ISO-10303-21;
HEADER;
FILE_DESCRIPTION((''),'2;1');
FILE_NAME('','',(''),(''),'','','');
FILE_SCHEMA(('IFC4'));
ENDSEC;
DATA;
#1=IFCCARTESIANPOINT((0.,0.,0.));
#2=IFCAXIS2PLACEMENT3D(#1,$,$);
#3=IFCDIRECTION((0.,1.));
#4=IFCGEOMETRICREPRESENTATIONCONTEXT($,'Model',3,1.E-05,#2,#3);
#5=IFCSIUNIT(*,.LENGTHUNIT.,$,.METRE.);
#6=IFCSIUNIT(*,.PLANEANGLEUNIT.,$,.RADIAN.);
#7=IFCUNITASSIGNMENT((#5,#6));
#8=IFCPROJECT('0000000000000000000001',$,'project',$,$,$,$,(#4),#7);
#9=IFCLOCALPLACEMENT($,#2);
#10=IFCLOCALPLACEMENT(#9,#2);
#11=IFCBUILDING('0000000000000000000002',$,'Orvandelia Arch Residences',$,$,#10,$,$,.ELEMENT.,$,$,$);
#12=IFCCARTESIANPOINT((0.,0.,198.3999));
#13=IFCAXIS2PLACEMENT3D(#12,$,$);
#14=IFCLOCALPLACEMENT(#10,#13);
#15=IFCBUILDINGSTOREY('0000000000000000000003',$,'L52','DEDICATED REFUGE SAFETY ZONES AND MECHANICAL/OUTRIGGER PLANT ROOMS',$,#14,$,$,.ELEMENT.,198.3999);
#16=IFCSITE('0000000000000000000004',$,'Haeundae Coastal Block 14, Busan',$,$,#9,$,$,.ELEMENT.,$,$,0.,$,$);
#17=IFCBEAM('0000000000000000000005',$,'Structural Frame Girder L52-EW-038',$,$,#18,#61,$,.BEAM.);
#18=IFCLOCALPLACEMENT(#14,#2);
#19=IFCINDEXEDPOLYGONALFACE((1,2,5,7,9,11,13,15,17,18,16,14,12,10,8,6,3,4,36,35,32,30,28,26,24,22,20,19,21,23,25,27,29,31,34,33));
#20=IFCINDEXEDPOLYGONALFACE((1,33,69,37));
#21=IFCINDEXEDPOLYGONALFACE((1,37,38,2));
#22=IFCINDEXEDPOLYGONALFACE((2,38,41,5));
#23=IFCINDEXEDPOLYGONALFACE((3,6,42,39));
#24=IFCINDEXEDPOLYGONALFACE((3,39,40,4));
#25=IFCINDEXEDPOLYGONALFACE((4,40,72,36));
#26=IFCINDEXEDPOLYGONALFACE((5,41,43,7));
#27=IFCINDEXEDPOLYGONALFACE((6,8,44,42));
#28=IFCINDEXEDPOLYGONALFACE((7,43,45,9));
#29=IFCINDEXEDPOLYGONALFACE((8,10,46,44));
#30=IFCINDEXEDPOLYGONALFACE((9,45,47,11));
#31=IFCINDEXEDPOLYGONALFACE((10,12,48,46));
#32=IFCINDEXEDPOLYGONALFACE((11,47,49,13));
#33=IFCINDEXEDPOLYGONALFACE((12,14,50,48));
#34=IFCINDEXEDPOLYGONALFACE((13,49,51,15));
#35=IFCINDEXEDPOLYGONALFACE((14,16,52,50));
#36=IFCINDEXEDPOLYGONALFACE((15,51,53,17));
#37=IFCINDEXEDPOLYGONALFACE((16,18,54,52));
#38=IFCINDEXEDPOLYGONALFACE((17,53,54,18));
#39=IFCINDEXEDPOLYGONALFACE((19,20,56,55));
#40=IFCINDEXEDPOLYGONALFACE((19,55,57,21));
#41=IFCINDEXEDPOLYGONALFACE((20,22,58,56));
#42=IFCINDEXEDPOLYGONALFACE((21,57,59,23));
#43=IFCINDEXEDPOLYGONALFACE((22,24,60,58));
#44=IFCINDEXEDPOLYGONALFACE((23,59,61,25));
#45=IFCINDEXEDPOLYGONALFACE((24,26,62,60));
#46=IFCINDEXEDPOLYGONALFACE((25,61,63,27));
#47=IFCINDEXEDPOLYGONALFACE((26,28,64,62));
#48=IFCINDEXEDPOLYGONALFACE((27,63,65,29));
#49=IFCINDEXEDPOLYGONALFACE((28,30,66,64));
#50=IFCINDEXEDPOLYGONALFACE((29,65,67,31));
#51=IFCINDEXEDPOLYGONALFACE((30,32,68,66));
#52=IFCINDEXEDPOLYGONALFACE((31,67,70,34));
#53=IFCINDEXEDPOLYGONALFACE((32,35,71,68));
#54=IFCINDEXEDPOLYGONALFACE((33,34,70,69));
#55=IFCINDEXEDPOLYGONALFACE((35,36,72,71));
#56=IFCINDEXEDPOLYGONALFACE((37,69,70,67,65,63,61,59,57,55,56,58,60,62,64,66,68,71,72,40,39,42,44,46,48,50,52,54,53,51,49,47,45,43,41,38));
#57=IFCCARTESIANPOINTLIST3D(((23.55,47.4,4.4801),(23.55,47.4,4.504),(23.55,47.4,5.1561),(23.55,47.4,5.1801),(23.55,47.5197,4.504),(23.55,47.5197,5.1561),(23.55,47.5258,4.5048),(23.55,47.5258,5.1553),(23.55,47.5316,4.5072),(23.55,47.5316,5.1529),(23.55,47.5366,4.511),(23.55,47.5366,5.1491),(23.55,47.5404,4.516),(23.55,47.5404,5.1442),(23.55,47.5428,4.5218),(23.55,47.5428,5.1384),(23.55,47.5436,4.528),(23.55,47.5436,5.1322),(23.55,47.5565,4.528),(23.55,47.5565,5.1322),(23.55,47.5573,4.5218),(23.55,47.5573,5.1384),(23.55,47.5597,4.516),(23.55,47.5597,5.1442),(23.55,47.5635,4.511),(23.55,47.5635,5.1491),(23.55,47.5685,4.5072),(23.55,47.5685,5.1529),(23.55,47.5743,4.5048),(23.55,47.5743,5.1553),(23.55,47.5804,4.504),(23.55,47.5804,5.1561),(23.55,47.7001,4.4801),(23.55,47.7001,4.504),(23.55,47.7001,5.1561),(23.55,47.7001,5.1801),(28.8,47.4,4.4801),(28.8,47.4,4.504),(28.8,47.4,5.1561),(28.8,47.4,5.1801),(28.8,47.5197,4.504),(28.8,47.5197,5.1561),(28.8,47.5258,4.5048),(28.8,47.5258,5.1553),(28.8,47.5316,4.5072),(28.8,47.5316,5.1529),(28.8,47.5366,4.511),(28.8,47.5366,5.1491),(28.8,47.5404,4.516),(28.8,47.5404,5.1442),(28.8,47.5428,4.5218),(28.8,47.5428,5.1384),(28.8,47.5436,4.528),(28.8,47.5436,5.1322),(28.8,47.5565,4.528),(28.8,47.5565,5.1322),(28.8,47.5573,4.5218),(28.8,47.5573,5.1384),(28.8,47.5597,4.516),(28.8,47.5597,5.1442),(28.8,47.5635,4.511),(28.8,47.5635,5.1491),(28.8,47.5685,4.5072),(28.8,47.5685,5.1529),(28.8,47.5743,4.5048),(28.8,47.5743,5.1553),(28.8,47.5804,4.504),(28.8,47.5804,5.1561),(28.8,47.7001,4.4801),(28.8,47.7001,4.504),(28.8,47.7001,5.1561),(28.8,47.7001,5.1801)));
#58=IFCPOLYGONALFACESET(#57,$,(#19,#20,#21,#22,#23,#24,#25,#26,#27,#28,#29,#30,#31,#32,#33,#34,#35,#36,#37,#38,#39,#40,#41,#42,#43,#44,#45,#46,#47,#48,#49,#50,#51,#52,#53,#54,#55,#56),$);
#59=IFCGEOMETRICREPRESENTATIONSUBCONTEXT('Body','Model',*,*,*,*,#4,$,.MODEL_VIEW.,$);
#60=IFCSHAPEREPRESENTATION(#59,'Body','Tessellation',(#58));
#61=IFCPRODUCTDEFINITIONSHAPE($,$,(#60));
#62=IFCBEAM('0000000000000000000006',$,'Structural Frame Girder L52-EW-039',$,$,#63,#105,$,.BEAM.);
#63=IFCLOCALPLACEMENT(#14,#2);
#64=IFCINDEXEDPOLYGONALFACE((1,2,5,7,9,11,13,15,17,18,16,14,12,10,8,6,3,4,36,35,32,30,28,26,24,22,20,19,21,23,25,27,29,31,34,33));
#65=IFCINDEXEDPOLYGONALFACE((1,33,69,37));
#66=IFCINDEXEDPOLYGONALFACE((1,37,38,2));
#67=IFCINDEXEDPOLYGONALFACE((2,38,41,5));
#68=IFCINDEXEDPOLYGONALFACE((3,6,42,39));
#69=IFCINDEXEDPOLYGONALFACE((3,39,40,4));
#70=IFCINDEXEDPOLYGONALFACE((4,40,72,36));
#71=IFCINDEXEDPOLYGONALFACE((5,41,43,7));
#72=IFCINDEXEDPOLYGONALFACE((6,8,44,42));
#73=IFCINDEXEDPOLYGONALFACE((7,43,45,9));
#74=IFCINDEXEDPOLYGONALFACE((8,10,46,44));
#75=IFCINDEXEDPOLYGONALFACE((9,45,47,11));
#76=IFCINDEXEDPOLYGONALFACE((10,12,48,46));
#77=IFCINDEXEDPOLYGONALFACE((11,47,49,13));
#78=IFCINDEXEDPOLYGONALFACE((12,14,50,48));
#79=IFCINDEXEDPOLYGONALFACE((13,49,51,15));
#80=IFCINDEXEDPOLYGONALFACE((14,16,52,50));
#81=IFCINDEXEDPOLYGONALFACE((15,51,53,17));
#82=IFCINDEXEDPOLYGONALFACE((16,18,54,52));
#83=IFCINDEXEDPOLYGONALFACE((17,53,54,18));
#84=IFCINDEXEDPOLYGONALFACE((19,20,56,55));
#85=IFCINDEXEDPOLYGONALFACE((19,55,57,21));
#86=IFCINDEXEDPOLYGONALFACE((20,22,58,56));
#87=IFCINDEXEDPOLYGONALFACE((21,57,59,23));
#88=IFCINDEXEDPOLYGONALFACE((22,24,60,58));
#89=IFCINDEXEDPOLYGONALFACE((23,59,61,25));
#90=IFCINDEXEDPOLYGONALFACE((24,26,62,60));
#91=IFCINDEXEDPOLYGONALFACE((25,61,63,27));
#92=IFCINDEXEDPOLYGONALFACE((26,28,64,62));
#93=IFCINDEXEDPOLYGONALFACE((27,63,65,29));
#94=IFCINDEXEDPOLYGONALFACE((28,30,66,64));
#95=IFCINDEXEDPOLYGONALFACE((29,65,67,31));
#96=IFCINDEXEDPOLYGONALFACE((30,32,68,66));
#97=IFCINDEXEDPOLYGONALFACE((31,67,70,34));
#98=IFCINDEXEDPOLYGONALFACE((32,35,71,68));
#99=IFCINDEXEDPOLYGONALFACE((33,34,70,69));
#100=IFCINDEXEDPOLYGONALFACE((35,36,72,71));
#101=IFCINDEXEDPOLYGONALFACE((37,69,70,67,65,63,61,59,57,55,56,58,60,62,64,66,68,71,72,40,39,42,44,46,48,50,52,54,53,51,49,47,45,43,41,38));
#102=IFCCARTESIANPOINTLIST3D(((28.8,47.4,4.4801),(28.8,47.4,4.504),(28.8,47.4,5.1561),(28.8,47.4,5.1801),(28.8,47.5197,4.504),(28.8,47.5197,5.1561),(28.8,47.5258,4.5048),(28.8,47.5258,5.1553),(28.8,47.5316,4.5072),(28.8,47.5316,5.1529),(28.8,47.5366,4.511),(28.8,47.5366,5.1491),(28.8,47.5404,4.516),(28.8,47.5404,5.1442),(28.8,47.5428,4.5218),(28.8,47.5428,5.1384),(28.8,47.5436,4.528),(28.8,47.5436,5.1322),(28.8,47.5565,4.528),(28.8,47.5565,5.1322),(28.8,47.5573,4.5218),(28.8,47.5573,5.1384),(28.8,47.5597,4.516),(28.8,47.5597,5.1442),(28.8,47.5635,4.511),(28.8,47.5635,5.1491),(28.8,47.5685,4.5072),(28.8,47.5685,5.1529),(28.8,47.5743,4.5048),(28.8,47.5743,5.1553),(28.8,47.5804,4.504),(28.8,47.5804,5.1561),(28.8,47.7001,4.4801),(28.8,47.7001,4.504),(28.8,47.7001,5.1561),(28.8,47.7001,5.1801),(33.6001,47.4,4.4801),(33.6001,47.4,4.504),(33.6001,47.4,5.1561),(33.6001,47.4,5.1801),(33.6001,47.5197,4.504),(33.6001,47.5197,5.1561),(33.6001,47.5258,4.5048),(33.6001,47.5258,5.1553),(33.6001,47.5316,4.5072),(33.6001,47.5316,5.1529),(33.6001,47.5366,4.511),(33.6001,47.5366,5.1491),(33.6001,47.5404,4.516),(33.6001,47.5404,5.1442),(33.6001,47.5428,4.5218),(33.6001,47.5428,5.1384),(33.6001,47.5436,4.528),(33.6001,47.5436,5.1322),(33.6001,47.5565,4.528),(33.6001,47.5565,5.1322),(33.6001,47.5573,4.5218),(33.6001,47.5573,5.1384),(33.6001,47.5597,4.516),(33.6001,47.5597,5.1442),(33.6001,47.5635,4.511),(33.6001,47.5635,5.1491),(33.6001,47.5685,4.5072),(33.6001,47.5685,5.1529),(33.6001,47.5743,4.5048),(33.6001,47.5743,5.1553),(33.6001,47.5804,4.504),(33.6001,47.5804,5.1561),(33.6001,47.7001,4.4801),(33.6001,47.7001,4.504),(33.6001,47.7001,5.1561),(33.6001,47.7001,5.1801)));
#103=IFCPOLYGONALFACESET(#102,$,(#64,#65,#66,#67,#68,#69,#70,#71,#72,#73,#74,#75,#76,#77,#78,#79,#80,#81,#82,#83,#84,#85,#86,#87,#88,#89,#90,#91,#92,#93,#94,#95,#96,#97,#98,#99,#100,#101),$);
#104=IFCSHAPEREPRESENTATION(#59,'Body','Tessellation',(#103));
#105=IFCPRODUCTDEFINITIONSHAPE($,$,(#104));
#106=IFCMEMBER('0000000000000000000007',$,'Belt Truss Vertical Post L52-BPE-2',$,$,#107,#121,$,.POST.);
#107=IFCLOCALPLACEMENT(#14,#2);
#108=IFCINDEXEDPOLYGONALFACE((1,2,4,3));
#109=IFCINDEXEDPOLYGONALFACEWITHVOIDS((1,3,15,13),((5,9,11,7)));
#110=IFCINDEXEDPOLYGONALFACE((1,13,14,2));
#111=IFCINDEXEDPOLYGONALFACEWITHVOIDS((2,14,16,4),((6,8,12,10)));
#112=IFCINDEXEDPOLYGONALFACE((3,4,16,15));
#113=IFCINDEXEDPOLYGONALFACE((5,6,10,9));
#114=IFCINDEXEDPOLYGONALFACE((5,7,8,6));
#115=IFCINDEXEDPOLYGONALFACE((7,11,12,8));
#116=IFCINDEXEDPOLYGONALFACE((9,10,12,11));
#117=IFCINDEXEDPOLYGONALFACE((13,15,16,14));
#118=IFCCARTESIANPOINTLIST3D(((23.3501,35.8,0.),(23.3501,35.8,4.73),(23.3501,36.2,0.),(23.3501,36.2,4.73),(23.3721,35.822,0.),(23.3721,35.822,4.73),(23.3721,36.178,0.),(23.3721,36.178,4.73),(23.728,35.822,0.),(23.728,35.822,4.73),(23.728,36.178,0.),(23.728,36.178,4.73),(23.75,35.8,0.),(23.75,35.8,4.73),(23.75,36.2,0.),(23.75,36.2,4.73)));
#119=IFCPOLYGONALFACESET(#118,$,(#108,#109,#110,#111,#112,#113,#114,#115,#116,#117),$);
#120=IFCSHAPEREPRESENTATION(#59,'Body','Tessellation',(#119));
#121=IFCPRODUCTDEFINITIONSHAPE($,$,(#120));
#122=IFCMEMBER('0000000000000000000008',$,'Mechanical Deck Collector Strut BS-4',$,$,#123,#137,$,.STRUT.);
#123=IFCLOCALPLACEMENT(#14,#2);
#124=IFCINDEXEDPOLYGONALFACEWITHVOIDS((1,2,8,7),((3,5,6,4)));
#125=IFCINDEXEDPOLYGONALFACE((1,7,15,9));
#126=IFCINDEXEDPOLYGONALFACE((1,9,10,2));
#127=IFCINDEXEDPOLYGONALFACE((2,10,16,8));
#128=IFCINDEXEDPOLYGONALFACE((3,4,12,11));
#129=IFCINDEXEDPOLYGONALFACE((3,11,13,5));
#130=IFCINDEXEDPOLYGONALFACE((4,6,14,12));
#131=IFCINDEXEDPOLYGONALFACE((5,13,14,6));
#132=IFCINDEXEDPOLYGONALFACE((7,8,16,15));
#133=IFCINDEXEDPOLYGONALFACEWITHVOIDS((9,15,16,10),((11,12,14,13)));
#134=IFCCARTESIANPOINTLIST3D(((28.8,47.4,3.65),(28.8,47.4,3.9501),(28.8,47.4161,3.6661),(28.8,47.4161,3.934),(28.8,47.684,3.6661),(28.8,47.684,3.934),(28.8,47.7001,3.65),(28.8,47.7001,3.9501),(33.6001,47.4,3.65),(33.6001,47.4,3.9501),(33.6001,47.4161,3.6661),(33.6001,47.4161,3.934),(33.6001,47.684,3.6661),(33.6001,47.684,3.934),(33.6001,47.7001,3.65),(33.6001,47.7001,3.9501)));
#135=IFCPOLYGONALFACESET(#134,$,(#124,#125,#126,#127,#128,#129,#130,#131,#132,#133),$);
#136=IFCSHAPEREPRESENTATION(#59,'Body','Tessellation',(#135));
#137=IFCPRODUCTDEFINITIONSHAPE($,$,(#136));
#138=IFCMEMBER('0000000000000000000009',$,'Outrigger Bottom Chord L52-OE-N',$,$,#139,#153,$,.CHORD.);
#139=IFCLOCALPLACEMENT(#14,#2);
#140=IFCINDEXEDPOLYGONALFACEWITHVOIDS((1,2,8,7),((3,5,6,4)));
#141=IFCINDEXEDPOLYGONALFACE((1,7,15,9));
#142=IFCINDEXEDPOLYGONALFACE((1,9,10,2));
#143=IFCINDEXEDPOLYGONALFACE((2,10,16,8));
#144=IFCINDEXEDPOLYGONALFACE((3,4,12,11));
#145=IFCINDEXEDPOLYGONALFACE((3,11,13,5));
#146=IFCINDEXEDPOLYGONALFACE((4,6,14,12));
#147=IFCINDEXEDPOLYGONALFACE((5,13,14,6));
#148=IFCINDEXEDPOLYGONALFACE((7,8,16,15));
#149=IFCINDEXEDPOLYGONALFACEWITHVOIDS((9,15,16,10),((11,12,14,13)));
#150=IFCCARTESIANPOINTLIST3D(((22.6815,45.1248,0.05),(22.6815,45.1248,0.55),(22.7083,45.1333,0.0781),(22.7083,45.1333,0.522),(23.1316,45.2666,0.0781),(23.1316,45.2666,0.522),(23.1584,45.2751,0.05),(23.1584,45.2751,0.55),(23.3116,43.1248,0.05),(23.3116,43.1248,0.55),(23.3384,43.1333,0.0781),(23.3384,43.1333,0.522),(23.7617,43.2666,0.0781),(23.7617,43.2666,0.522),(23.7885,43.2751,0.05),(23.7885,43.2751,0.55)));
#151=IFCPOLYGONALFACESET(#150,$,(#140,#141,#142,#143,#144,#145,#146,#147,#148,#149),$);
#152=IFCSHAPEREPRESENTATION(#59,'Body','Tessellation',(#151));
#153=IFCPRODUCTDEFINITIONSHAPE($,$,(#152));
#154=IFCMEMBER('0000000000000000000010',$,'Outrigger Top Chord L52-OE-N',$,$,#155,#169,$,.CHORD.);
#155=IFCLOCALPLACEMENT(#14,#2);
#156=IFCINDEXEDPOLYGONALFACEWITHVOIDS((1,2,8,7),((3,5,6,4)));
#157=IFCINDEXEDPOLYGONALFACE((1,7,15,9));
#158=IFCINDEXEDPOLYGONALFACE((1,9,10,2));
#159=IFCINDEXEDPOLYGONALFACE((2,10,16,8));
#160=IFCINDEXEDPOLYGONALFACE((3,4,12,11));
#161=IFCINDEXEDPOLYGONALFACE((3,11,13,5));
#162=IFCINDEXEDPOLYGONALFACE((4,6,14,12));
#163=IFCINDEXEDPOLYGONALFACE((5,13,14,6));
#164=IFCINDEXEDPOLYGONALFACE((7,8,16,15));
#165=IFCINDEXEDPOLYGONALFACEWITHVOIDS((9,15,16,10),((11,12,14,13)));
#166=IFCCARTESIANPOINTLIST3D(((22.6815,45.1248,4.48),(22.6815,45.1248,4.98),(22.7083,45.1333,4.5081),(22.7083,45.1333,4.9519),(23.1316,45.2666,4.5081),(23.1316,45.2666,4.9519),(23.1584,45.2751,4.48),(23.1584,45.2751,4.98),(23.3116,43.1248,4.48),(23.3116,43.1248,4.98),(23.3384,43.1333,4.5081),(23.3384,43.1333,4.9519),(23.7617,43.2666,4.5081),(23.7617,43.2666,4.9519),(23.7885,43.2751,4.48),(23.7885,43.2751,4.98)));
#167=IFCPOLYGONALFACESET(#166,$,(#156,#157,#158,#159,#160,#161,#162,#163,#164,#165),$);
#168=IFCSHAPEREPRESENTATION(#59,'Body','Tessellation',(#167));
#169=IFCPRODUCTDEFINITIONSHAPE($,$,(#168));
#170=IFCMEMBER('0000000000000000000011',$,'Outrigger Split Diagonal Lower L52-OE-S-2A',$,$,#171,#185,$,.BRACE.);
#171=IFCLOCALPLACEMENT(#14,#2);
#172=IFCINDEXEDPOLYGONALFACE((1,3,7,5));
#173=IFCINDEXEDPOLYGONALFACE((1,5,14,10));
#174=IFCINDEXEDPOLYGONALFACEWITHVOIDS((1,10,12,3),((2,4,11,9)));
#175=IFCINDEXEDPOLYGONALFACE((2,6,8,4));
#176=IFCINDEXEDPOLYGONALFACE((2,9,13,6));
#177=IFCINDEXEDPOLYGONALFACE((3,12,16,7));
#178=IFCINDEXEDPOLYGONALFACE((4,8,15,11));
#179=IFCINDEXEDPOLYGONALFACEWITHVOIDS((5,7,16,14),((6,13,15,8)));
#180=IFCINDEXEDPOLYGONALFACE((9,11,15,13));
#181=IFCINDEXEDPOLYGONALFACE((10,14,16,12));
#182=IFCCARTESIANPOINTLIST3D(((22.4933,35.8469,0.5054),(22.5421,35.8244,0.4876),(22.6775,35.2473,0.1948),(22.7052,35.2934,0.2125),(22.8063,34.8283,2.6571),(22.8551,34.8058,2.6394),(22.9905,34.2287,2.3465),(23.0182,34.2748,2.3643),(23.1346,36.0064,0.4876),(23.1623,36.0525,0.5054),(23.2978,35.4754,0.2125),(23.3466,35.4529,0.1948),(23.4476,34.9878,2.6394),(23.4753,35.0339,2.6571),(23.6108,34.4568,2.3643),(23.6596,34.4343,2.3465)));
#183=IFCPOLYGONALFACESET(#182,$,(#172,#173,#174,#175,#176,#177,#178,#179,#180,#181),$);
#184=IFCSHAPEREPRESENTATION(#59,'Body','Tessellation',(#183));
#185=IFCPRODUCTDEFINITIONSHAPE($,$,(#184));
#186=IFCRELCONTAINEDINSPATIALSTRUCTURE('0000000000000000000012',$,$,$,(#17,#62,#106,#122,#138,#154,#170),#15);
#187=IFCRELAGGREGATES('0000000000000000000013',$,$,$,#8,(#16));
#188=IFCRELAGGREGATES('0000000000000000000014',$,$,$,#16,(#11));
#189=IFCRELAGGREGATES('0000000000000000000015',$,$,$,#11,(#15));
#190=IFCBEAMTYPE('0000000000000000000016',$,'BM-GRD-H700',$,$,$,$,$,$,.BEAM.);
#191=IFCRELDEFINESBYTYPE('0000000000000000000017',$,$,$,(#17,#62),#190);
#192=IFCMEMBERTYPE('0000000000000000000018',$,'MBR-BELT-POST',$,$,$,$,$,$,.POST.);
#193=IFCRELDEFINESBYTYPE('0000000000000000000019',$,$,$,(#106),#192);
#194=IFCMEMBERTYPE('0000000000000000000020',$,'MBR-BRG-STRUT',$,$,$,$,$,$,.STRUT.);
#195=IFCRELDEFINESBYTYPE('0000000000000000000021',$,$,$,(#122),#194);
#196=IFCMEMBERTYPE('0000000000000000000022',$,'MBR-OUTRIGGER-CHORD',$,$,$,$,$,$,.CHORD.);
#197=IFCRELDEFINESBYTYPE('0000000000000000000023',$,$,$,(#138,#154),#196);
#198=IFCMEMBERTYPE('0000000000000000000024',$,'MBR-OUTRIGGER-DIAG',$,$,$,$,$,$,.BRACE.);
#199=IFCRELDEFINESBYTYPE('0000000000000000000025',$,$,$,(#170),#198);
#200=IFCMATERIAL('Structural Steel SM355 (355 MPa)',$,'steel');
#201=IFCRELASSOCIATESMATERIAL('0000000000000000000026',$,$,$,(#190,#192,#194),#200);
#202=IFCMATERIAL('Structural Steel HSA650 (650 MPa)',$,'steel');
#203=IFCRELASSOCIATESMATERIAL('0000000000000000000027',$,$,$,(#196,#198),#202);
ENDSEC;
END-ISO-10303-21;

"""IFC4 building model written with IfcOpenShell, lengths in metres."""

from ifc_helpers import new_model, si_unit, direction, frame, origin, origin_2d, place, context, subcontext, project, spatial, hollow_rectangle, i_section, extrude, material, material_profile, profile_set, type_object, element, save


model = new_model("IFC4")

# Units and contexts
model_context = context("Model", 3, precision=1e-05, world=origin(), true_north=direction((0.0, 1.0)))
body_context = subcontext(model_context, "Body", "Model", "MODEL_VIEW")
ifc_project = project(units=[si_unit("LENGTHUNIT", "METRE"), si_unit("PLANEANGLEUNIT", "RADIAN")], contexts=[model_context])

# Site, building, storey
site_placement = place(None, origin())
site = spatial("IfcSite", under=ifc_project, at=site_placement, Name="Haeundae Coastal Block 14, Busan", CompositionType="ELEMENT", RefElevation=0.0)
building_placement = place(site_placement, origin())
building = spatial("IfcBuilding", under=site, at=building_placement, Name="Orvandelia Arch Residences", CompositionType="ELEMENT")
storey_placement = place(building_placement, frame((0.0, 0.0, 198.3999)))
storey = spatial("IfcBuildingStorey", under=building, at=storey_placement, Name="L52", Description="DEDICATED REFUGE SAFETY ZONES AND MECHANICAL/OUTRIGGER PLANT ROOMS", CompositionType="ELEMENT", Elevation=198.3999)

# Beams
ifc_material_1 = material(Name="Structural Steel SM355 (355 MPa)", Category="steel")
ifc_material_profile_1 = material_profile(ifc_material_1, i_section(OverallWidth=0.3, OverallDepth=0.7, WebThickness=0.0129, FlangeThickness=0.0239, FilletRadius=0.0239, at=origin_2d()), Name="Structural Steel SM355 (355 MPa)", Category="steel")
ifc_profile_set_1 = profile_set([ifc_material_profile_1], Name="Structural Steel SM355 (355 MPa)")
beam_type = type_object("IfcBeamType", Name="BM-GRD-H700", PredefinedType="BEAM", material=ifc_profile_set_1)
beam_1_placement = place(storey_placement, frame((23.55, 47.55, 4.8301), z_axis=(1.0, 0.0, 0.0), x_axis=(0.0, 1.0, 0.0)))
element("IfcBeam", 1, at=beam_1_placement, inside=storey, type_object=beam_type, Name="Structural Frame Girder L52-EW-038", PredefinedType="BEAM", context=body_context, shape_type="SweptSolid", body=[
    extrude(i_section(OverallWidth=0.3, OverallDepth=0.7, WebThickness=0.0129, FlangeThickness=0.0239, FilletRadius=0.0239, at=origin_2d()), origin(), (0.0, 0.0, 1.0), 5.25),
])
beam_2_placement = place(storey_placement, frame((28.8, 47.55, 4.8301), z_axis=(1.0, 0.0, 0.0), x_axis=(0.0, 1.0, 0.0)))
element("IfcBeam", 2, at=beam_2_placement, inside=storey, type_object=beam_type, Name="Structural Frame Girder L52-EW-039", PredefinedType="BEAM", context=body_context, shape_type="SweptSolid", body=[
    extrude(i_section(OverallWidth=0.3, OverallDepth=0.7, WebThickness=0.0129, FlangeThickness=0.0239, FilletRadius=0.0239, at=origin_2d()), origin(), (0.0, 0.0, 1.0), 4.8),
])

# Members
ifc_material_profile_2 = material_profile(ifc_material_1, hollow_rectangle(XDim=0.3999, YDim=0.3999, WallThickness=0.022, at=origin_2d()), Name="Structural Steel SM355 (355 MPa)", Category="steel")
ifc_profile_set_2 = profile_set([ifc_material_profile_2], Name="Structural Steel SM355 (355 MPa)")
member_type_1 = type_object("IfcMemberType", Name="MBR-BELT-POST", PredefinedType="POST", material=ifc_profile_set_2)
member_1_placement = place(storey_placement, frame((23.55, 36.0, 0.0), z_axis=(0.0, 0.0, 1.0), x_axis=(1.0, 0.0, 0.0)))
element("IfcMember", 3, at=member_1_placement, inside=storey, type_object=member_type_1, Name="Belt Truss Vertical Post L52-BPE-2", PredefinedType="POST", context=body_context, shape_type="SweptSolid", body=[
    extrude(hollow_rectangle(XDim=0.3999, YDim=0.3999, WallThickness=0.022, at=origin_2d()), origin(), (0.0, 0.0, 1.0), 4.73),
])
ifc_material_profile_3 = material_profile(ifc_material_1, hollow_rectangle(XDim=0.3, YDim=0.3, WallThickness=0.0161, at=origin_2d()), Name="Structural Steel SM355 (355 MPa)", Category="steel")
ifc_profile_set_3 = profile_set([ifc_material_profile_3], Name="Structural Steel SM355 (355 MPa)")
member_type_2 = type_object("IfcMemberType", Name="MBR-BRG-STRUT", PredefinedType="STRUT", material=ifc_profile_set_3)
member_2_placement = place(storey_placement, frame((28.8, 47.55, 3.8), z_axis=(1.0, 0.0, 0.0), x_axis=(0.0, 1.0, 0.0)))
element("IfcMember", 4, at=member_2_placement, inside=storey, type_object=member_type_2, Name="Mechanical Deck Collector Strut BS-4", PredefinedType="STRUT", context=body_context, shape_type="SweptSolid", body=[
    extrude(hollow_rectangle(XDim=0.3, YDim=0.3, WallThickness=0.0161, at=origin_2d()), origin(), (0.0, 0.0, 1.0), 4.8),
])
ifc_material_2 = material(Name="Structural Steel HSA650 (650 MPa)", Category="steel")
ifc_material_profile_4 = material_profile(ifc_material_2, hollow_rectangle(XDim=0.5, YDim=0.5, WallThickness=0.0281, at=origin_2d()), Name="Structural Steel HSA650 (650 MPa)", Category="steel")
ifc_profile_set_4 = profile_set([ifc_material_profile_4], Name="Structural Steel HSA650 (650 MPa)")
member_type_3 = type_object("IfcMemberType", Name="MBR-OUTRIGGER-CHORD", PredefinedType="CHORD", material=ifc_profile_set_4)
for number, where, z_axis, x_axis, name in (
    (5, (23.55, 43.2, 0.3), (-0.300502, 0.953781, 0.0), (-0.953781, -0.300502, 0.0), "Outrigger Bottom Chord L52-OE-N"),
    (6, (23.55, 43.2, 4.73), (-0.300502, 0.953781, 0.0), (-0.953781, -0.300502, 0.0), "Outrigger Top Chord L52-OE-N"),
):
    element("IfcMember", number, at=place(storey_placement, frame(where, z_axis=z_axis, x_axis=x_axis)), inside=storey, type_object=member_type_3, Name=name, PredefinedType="CHORD", context=body_context, shape_type="SweptSolid", body=[
        extrude(hollow_rectangle(XDim=0.5, YDim=0.5, WallThickness=0.0281, at=origin_2d()), origin(), (0.0, 0.0, 1.0), 2.0969),
    ])
ifc_material_profile_5 = material_profile(ifc_material_2, hollow_rectangle(XDim=0.7, YDim=0.7, WallThickness=0.04, at=origin_2d()), Name="Structural Steel HSA650 (650 MPa)", Category="steel")
ifc_profile_set_5 = profile_set([ifc_material_profile_5], Name="Structural Steel HSA650 (650 MPa)")
member_type_4 = type_object("IfcMemberType", Name="MBR-OUTRIGGER-DIAG", PredefinedType="BRACE", material=ifc_profile_set_5)
for number, where, z_axis, x_axis, name in (
    (7, (22.9199, 35.6499, 0.3501), (0.130357, -0.424219, 0.896128), (0.955888, 0.293732, 0.0), "Outrigger Split Diagonal Lower L52-OE-S-2A"),
):
    element("IfcMember", number, at=place(storey_placement, frame(where, z_axis=z_axis, x_axis=x_axis)), inside=storey, type_object=member_type_4, Name=name, PredefinedType="BRACE", context=body_context, shape_type="SweptSolid", body=[
        extrude(hollow_rectangle(XDim=0.7, YDim=0.7, WallThickness=0.04, at=origin_2d()), origin(), (0.0, 0.0, 1.0), 2.4011),
    ])

save(model, "model.ifc")
